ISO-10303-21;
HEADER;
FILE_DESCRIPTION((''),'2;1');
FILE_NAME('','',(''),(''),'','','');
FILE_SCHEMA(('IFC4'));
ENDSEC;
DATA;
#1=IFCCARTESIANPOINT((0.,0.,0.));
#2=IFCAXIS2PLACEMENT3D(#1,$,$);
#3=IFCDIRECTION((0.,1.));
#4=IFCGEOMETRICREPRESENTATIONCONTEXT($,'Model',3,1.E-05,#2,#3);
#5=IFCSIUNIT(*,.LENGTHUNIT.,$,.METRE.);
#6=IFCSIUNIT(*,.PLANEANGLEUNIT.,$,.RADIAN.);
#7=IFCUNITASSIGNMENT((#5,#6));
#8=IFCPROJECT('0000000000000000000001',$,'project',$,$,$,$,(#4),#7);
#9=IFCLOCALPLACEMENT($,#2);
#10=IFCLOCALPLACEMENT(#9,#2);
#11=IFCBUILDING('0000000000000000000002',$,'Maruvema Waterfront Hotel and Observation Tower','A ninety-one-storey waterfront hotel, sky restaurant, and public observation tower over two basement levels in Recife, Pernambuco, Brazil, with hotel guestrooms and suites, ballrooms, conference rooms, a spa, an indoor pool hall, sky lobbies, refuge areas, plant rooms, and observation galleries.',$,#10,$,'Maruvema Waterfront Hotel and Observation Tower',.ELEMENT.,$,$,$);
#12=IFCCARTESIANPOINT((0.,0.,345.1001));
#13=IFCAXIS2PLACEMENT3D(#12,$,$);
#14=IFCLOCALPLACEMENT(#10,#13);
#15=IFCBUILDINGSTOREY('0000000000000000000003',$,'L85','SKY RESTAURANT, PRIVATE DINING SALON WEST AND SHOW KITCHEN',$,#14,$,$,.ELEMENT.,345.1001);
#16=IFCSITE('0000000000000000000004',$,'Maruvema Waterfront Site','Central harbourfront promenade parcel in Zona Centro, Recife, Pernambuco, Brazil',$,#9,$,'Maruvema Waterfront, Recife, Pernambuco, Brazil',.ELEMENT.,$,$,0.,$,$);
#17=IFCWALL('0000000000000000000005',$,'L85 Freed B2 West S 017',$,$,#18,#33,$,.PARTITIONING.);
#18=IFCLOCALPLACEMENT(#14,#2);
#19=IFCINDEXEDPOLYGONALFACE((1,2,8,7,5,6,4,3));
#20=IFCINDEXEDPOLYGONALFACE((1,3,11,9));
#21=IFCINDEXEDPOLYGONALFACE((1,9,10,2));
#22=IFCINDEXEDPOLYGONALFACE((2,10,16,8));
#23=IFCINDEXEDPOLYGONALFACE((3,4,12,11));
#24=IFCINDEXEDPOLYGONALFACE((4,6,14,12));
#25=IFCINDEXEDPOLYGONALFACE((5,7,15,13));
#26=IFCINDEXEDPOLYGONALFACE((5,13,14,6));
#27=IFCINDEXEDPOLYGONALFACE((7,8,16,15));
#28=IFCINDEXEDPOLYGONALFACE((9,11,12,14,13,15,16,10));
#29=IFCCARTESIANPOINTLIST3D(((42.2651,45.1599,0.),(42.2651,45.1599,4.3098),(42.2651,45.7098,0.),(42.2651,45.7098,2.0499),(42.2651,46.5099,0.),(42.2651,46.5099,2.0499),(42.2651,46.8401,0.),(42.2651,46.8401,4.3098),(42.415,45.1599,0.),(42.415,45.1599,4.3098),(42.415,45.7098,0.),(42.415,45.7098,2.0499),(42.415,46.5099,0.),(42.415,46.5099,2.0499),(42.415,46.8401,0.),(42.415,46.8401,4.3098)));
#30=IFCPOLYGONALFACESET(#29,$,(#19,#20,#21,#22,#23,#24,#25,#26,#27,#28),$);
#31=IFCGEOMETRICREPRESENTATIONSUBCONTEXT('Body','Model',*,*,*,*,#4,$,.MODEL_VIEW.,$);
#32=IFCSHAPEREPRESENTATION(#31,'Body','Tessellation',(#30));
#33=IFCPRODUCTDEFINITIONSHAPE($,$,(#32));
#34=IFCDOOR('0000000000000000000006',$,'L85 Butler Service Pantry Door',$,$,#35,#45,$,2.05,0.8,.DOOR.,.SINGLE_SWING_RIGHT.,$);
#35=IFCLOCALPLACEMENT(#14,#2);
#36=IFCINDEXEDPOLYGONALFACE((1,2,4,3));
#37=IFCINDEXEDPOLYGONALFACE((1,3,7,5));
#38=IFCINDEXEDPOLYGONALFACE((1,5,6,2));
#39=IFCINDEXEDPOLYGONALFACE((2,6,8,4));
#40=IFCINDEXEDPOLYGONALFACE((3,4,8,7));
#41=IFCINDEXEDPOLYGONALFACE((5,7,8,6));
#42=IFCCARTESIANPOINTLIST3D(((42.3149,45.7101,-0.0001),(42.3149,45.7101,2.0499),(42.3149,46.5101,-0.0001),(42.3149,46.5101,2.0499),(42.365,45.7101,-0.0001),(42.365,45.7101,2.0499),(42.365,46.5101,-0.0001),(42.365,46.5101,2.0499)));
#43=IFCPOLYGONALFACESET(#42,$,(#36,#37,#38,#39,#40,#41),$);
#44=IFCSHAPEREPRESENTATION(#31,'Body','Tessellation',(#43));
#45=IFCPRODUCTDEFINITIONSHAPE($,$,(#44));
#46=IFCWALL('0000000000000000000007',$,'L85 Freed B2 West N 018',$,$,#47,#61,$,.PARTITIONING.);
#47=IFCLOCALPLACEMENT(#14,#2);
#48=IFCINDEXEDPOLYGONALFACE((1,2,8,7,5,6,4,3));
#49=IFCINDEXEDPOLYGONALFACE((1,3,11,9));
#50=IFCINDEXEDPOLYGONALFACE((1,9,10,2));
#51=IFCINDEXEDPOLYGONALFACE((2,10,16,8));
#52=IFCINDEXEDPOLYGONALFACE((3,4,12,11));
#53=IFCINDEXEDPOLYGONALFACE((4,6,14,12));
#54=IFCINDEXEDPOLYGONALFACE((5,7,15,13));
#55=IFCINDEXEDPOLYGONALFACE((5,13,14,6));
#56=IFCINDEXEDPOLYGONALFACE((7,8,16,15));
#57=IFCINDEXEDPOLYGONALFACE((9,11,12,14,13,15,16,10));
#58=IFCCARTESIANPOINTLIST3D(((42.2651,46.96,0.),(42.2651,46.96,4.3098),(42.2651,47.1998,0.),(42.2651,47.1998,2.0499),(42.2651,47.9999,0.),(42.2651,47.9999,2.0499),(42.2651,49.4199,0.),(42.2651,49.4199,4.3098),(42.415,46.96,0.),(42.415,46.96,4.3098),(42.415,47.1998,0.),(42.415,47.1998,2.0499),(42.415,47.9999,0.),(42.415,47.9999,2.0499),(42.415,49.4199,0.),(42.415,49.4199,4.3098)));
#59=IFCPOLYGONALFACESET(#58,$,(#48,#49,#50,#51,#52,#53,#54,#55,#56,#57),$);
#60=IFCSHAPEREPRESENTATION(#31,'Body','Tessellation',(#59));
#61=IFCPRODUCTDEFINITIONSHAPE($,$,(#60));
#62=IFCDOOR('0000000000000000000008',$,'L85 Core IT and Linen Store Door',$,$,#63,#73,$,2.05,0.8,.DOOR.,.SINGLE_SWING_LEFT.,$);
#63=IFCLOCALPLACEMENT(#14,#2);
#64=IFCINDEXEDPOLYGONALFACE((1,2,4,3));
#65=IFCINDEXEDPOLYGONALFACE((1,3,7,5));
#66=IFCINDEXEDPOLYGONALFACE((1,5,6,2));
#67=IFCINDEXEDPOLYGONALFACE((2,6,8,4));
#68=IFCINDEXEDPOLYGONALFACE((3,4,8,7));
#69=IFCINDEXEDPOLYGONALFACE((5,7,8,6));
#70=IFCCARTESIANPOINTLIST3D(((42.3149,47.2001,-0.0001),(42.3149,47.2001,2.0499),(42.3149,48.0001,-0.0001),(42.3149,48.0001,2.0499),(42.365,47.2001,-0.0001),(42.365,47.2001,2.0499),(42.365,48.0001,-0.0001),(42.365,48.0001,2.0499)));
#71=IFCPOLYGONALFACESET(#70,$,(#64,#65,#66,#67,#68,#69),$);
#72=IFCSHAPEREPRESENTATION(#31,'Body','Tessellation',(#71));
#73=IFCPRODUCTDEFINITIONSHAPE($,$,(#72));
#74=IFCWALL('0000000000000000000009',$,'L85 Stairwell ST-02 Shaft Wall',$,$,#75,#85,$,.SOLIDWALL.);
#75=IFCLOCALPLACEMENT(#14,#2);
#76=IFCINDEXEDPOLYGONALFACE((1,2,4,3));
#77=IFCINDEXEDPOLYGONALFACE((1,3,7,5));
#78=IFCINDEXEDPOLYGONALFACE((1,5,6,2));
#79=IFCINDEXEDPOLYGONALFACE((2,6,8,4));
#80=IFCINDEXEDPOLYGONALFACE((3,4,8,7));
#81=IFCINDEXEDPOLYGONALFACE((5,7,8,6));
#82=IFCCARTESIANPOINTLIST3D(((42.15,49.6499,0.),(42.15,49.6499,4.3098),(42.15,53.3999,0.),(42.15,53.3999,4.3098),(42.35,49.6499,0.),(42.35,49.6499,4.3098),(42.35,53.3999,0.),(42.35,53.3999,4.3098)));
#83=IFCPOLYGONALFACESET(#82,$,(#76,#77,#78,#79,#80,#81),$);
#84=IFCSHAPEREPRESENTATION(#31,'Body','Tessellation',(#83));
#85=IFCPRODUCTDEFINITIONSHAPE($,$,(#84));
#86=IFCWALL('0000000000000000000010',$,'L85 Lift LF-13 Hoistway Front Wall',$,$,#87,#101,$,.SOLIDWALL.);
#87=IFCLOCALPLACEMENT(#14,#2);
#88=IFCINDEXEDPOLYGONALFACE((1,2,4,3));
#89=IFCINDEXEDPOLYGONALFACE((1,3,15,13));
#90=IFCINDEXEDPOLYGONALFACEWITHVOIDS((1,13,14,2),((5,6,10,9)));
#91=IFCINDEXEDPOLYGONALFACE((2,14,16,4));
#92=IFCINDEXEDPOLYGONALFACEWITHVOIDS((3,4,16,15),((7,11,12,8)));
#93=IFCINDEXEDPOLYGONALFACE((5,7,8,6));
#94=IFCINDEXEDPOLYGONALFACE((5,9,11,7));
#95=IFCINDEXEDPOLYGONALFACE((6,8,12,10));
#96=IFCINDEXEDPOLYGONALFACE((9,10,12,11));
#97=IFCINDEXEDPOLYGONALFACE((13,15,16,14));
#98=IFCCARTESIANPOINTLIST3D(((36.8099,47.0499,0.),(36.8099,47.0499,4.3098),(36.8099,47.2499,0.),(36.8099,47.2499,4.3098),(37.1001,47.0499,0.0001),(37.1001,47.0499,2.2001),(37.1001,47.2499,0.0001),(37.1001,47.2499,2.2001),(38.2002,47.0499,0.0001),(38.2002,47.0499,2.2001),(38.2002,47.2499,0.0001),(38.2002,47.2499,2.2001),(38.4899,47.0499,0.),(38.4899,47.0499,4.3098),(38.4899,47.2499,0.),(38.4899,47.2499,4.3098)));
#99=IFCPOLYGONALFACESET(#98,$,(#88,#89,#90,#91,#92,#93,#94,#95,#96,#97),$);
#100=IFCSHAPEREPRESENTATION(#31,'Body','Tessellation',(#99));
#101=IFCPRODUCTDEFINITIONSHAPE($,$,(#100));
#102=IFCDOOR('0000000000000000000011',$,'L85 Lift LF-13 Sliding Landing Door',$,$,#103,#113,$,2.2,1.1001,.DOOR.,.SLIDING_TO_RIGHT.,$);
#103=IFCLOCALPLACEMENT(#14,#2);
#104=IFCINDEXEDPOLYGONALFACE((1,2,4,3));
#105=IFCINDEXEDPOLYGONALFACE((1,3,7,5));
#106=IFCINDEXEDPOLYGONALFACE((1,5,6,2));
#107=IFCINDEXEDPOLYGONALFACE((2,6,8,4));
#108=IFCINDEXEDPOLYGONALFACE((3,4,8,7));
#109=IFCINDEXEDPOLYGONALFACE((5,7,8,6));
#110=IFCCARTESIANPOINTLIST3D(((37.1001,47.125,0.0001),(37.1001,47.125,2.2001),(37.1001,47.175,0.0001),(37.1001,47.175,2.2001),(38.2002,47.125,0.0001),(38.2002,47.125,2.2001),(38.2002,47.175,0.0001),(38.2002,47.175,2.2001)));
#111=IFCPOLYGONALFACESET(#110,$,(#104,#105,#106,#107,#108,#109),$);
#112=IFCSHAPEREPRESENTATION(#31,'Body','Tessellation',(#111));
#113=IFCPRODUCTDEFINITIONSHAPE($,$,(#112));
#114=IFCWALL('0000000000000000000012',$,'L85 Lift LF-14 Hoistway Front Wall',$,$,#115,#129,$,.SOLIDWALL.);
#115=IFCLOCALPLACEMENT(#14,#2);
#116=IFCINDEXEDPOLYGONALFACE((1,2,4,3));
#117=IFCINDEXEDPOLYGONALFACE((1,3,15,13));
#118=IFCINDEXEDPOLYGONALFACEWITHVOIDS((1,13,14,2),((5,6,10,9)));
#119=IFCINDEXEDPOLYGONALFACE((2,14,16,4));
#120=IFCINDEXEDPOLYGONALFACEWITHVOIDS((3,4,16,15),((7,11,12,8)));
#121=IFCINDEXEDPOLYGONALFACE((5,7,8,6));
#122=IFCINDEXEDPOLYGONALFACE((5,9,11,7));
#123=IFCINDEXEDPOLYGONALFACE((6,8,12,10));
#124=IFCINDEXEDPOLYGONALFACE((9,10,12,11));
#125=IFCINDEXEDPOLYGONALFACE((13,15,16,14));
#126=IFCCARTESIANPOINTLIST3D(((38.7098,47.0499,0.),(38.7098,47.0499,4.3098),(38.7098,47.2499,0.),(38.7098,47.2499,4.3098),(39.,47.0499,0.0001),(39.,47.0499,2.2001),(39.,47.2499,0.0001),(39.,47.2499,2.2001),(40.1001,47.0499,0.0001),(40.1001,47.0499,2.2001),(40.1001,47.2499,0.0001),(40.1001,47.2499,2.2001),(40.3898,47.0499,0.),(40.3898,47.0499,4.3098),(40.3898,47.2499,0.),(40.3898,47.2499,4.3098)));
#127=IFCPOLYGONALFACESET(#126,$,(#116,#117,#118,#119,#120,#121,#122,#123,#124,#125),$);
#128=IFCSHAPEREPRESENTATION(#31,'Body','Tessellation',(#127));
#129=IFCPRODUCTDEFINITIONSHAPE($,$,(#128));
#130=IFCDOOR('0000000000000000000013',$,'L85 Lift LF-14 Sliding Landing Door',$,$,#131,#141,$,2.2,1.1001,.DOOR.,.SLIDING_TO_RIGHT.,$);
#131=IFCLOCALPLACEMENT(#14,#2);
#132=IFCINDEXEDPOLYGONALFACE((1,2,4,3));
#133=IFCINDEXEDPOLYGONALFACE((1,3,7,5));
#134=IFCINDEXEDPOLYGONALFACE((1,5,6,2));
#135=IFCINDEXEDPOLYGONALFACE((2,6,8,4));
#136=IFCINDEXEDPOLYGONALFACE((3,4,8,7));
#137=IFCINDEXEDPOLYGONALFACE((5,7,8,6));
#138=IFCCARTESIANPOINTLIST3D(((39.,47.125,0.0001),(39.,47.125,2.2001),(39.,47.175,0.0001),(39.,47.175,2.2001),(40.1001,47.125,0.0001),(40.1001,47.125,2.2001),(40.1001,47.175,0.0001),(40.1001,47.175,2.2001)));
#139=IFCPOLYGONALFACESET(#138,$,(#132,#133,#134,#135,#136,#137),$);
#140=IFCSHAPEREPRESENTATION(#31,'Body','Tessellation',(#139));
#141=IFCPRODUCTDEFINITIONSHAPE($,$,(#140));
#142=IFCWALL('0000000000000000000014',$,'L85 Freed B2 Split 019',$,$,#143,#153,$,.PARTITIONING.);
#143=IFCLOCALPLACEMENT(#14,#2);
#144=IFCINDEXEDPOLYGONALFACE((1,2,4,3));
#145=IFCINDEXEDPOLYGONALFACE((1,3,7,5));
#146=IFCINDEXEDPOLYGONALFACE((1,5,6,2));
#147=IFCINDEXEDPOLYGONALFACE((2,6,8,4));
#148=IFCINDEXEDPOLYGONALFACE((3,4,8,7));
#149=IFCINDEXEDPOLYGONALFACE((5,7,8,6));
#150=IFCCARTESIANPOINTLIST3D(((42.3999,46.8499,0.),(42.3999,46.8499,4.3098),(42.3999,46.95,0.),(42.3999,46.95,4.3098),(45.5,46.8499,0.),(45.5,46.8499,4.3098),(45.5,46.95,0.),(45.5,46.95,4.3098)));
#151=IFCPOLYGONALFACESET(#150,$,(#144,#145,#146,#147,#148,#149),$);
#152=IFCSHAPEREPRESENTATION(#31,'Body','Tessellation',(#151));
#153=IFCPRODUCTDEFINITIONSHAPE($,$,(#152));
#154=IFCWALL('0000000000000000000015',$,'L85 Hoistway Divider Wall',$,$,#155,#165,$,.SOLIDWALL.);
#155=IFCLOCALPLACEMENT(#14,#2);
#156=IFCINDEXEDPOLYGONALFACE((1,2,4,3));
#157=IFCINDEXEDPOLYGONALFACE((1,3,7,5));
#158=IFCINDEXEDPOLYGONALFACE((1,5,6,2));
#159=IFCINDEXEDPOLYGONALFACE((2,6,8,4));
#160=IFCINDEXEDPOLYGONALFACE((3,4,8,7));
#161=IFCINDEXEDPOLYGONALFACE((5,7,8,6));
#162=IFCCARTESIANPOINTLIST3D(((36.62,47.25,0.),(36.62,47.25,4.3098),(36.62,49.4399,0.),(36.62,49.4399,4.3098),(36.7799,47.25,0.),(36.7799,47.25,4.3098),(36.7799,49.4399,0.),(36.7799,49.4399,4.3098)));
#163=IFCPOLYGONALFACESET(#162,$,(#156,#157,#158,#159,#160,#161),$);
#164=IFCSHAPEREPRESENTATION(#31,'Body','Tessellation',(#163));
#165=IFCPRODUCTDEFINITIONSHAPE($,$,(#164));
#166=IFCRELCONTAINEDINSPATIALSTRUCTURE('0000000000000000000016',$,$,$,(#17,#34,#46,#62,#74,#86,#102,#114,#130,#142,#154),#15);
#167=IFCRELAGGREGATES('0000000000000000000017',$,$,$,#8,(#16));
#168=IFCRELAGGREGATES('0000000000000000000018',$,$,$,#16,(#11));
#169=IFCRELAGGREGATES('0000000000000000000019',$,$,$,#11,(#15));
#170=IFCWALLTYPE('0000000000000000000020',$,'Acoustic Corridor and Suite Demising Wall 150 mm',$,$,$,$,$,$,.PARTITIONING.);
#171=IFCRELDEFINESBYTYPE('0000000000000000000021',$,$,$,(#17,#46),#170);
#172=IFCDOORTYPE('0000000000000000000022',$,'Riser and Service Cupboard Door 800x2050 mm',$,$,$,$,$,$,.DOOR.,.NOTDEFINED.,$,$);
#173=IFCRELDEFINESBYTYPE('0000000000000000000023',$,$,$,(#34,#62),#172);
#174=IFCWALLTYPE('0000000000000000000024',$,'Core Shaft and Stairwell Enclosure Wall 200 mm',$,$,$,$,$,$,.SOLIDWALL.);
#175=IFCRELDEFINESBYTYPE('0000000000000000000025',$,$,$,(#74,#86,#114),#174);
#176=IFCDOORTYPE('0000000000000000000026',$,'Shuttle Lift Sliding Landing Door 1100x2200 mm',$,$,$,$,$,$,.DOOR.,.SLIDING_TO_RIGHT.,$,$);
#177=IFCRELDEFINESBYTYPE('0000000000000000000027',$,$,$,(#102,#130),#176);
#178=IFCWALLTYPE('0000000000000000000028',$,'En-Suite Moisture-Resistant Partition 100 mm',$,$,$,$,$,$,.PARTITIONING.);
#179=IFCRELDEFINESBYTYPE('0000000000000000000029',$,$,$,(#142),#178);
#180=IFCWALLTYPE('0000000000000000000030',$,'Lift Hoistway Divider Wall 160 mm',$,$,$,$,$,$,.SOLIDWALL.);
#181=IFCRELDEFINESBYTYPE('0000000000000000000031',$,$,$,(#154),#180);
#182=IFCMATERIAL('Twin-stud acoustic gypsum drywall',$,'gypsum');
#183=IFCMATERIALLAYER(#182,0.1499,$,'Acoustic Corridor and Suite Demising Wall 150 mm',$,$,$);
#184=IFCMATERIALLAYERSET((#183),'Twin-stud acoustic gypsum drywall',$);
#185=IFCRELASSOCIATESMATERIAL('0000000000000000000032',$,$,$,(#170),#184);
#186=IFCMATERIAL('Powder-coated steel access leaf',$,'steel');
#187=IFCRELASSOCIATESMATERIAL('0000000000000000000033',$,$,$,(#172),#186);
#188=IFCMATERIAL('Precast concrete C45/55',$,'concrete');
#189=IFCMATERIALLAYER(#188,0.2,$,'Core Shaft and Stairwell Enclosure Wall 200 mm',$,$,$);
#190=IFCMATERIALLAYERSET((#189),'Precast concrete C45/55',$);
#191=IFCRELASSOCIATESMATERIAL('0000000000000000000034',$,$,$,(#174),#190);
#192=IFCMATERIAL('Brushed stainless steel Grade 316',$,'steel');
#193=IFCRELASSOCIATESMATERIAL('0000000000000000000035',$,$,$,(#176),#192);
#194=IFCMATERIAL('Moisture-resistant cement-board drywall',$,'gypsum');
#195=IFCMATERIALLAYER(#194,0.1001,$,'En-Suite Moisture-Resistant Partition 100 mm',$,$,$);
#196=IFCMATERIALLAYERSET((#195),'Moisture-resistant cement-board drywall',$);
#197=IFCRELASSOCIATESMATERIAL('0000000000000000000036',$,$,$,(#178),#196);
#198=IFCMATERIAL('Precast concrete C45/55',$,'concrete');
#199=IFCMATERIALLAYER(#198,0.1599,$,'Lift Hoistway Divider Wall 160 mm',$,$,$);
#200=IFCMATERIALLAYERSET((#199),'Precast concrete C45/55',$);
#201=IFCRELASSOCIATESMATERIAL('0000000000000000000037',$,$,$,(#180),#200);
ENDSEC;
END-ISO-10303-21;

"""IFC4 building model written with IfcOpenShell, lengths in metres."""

from ifc_helpers import new_model, si_unit, direction, frame, frame_2d, origin, place, context, subcontext, project, spatial, rectangle, extrude, material, layer, layer_set, type_object, element, fill, save


model = new_model("IFC4")

# Units and contexts
model_context = context("Model", 3, precision=1e-05, world=origin(), true_north=direction((0.0, 1.0)))
body_context = subcontext(model_context, "Body", "Model", "MODEL_VIEW")
ifc_project = project(units=[si_unit("LENGTHUNIT", "METRE"), si_unit("PLANEANGLEUNIT", "RADIAN")], contexts=[model_context])

# Site, building, storey
site_placement = place(None, origin())
site = spatial("IfcSite", under=ifc_project, at=site_placement, Name="Maruvema Waterfront Site", Description="Central harbourfront promenade parcel in Zona Centro, Recife, Pernambuco, Brazil", LongName="Maruvema Waterfront, Recife, Pernambuco, Brazil", CompositionType="ELEMENT", RefElevation=0.0)
building_placement = place(site_placement, origin())
building = spatial("IfcBuilding", under=site, at=building_placement, Name="Maruvema Waterfront Hotel and Observation Tower", Description="A ninety-one-storey waterfront hotel, sky restaurant, and public observation tower over two basement levels in Recife, Pernambuco, Brazil, with hotel guestrooms and suites, ballrooms, conference rooms, a spa, an indoor pool hall, sky lobbies, refuge areas, plant rooms, and observation galleries.", LongName="Maruvema Waterfront Hotel and Observation Tower", CompositionType="ELEMENT")
storey_placement = place(building_placement, frame((0.0, 0.0, 345.1001)))
storey = spatial("IfcBuildingStorey", under=building, at=storey_placement, Name="L85", Description="SKY RESTAURANT, PRIVATE DINING SALON WEST AND SHOW KITCHEN", CompositionType="ELEMENT", Elevation=345.1001)

# Walls, openings, doors
ifc_material_1 = material(Name="Twin-stud acoustic gypsum drywall", Category="gypsum")
ifc_layer_1 = layer(ifc_material_1, 0.1499, Name="Acoustic Corridor and Suite Demising Wall 150 mm")
ifc_layer_set_1 = layer_set([ifc_layer_1], Name="Twin-stud acoustic gypsum drywall")
wall_type_1 = type_object("IfcWallType", Name="Acoustic Corridor and Suite Demising Wall 150 mm", PredefinedType="PARTITIONING", material=ifc_layer_set_1)
wall_1_placement = place(storey_placement, frame((42.3401, 45.1599, 0.0), z_axis=(0.0, 0.0, 1.0), x_axis=(0.0, 1.0, 0.0)))
wall_1 = element("IfcWall", 1, at=wall_1_placement, inside=storey, type_object=wall_type_1, Name="L85 Freed B2 West S 017", PredefinedType="PARTITIONING", context=body_context, shape_type="SweptSolid", body=[
    extrude(rectangle(XDim=1.6802, YDim=0.1499, at=frame_2d((0.8401, 0.0))), origin(), (0.0, 0.0, 1.0), 4.3098),
])
opening_1_placement = place(wall_1_placement, frame((0.55, 0.0, 0.0)))
opening_1 = element("IfcOpeningElement", 2, at=opening_1_placement, cuts=wall_1, PredefinedType="OPENING", context=body_context, shape_type="SweptSolid", body=[
    extrude(rectangle(XDim=0.8, YDim=2.05, at=frame_2d((0.3999, 1.0249))), frame((0.0, 0.085, 0.0), z_axis=(0.0, -1.0, 0.0), x_axis=(1.0, 0.0, 0.0)), (0.0, 0.0, 1.0), 0.1699),
])
ifc_material_2 = material(Name="Powder-coated steel access leaf", Category="steel")
door_type_1 = type_object("IfcDoorType", Name="Riser and Service Cupboard Door 800x2050 mm", OperationType="NOTDEFINED", PredefinedType="DOOR", material=ifc_material_2)
door_1_placement = place(opening_1_placement, frame((0.8, 0.0, 0.0), z_axis=(0.0, 0.0, 1.0), x_axis=(-1.0, 0.0, 0.0)))
door_1 = element("IfcDoor", 3, at=door_1_placement, inside=storey, type_object=door_type_1, Name="L85 Butler Service Pantry Door", OperationType="SINGLE_SWING_RIGHT", OverallHeight=2.05, OverallWidth=0.8, PredefinedType="DOOR", context=body_context, shape_type="SweptSolid", body=[
    extrude(rectangle(XDim=0.8, YDim=2.05, at=frame_2d((0.3999, 1.0249))), frame((0.0, 0.0249, 0.0), z_axis=(0.0, -1.0, 0.0), x_axis=(1.0, 0.0, 0.0)), (0.0, 0.0, 1.0), 0.05),
])
fill(opening_1, door_1)
wall_2_placement = place(storey_placement, frame((42.3401, 46.96, 0.0), z_axis=(0.0, 0.0, 1.0), x_axis=(0.0, 1.0, 0.0)))
wall_2 = element("IfcWall", 4, at=wall_2_placement, inside=storey, type_object=wall_type_1, Name="L85 Freed B2 West N 018", PredefinedType="PARTITIONING", context=body_context, shape_type="SweptSolid", body=[
    extrude(rectangle(XDim=2.46, YDim=0.1499, at=frame_2d((1.23, 0.0))), origin(), (0.0, 0.0, 1.0), 4.3098),
])
opening_2_placement = place(wall_2_placement, frame((0.24, 0.0, 0.0)))
opening_2 = element("IfcOpeningElement", 5, at=opening_2_placement, cuts=wall_2, PredefinedType="OPENING", context=body_context, shape_type="SweptSolid", body=[
    extrude(rectangle(XDim=0.8, YDim=2.05, at=frame_2d((0.3999, 1.0249))), frame((0.0, 0.085, 0.0), z_axis=(0.0, -1.0, 0.0), x_axis=(1.0, 0.0, 0.0)), (0.0, 0.0, 1.0), 0.1699),
])
door_2_placement = place(opening_2_placement, frame((0.8, 0.0, 0.0), z_axis=(0.0, 0.0, 1.0), x_axis=(-1.0, 0.0, 0.0)))
door_2 = element("IfcDoor", 6, at=door_2_placement, inside=storey, type_object=door_type_1, Name="L85 Core IT and Linen Store Door", OperationType="SINGLE_SWING_LEFT", OverallHeight=2.05, OverallWidth=0.8, PredefinedType="DOOR", context=body_context, shape_type="SweptSolid", body=[
    extrude(rectangle(XDim=0.8, YDim=2.05, at=frame_2d((0.3999, 1.0249))), frame((0.0, 0.0249, 0.0), z_axis=(0.0, -1.0, 0.0), x_axis=(1.0, 0.0, 0.0)), (0.0, 0.0, 1.0), 0.05),
])
fill(opening_2, door_2)

# Wall
ifc_material_3 = material(Name="Precast concrete C45/55", Category="concrete")
ifc_layer_2 = layer(ifc_material_3, 0.2, Name="Core Shaft and Stairwell Enclosure Wall 200 mm")
ifc_layer_set_2 = layer_set([ifc_layer_2], Name="Precast concrete C45/55")
wall_type_2 = type_object("IfcWallType", Name="Core Shaft and Stairwell Enclosure Wall 200 mm", PredefinedType="SOLIDWALL", material=ifc_layer_set_2)
wall_3_placement = place(storey_placement, frame((42.25, 49.6499, 0.0), z_axis=(0.0, 0.0, 1.0), x_axis=(0.0, 1.0, 0.0)))
element("IfcWall", 7, at=wall_3_placement, inside=storey, type_object=wall_type_2, Name="L85 Stairwell ST-02 Shaft Wall", PredefinedType="SOLIDWALL", context=body_context, shape_type="SweptSolid", body=[
    extrude(rectangle(XDim=3.75, YDim=0.2, at=frame_2d((1.875, 0.0))), origin(), (0.0, 0.0, 1.0), 4.3098),
])

# Walls, openings, doors
wall_4_placement = place(storey_placement, frame((36.8101, 47.1499, 0.0), z_axis=(0.0, 0.0, 1.0), x_axis=(1.0, 0.0, 0.0)))
wall_4 = element("IfcWall", 8, at=wall_4_placement, inside=storey, type_object=wall_type_2, Name="L85 Lift LF-13 Hoistway Front Wall", PredefinedType="SOLIDWALL", context=body_context, shape_type="SweptSolid", body=[
    extrude(rectangle(XDim=1.6799, YDim=0.2, at=frame_2d((0.8398, 0.0))), origin(), (0.0, 0.0, 1.0), 4.3098),
])
opening_3_placement = place(wall_4_placement, frame((0.29, 0.0, 0.0)))
opening_3 = element("IfcOpeningElement", 9, at=opening_3_placement, cuts=wall_4, PredefinedType="OPENING", context=body_context, shape_type="SweptSolid", body=[
    extrude(rectangle(XDim=1.1001, YDim=2.2, at=frame_2d((0.55, 1.1001))), frame((0.0, 0.1099, 0.0), z_axis=(0.0, -1.0, 0.0), x_axis=(1.0, 0.0, 0.0)), (0.0, 0.0, 1.0), 0.22),
])
ifc_material_4 = material(Name="Brushed stainless steel Grade 316", Category="steel")
door_type_2 = type_object("IfcDoorType", Name="Shuttle Lift Sliding Landing Door 1100x2200 mm", OperationType="SLIDING_TO_RIGHT", PredefinedType="DOOR", material=ifc_material_4)
door_3_placement = place(opening_3_placement, frame((1.1001, 0.0, 0.0), z_axis=(0.0, 0.0, 1.0), x_axis=(-1.0, 0.0, 0.0)))
door_3 = element("IfcDoor", 10, at=door_3_placement, inside=storey, type_object=door_type_2, Name="L85 Lift LF-13 Sliding Landing Door", OperationType="SLIDING_TO_RIGHT", OverallHeight=2.2, OverallWidth=1.1001, PredefinedType="DOOR", context=body_context, shape_type="SweptSolid", body=[
    extrude(rectangle(XDim=1.1001, YDim=2.2, at=frame_2d((0.55, 1.1001))), frame((0.0, 0.0249, 0.0), z_axis=(0.0, -1.0, 0.0), x_axis=(1.0, 0.0, 0.0)), (0.0, 0.0, 1.0), 0.05),
])
fill(opening_3, door_3)
wall_5_placement = place(storey_placement, frame((38.71, 47.1499, 0.0), z_axis=(0.0, 0.0, 1.0), x_axis=(1.0, 0.0, 0.0)))
wall_5 = element("IfcWall", 11, at=wall_5_placement, inside=storey, type_object=wall_type_2, Name="L85 Lift LF-14 Hoistway Front Wall", PredefinedType="SOLIDWALL", context=body_context, shape_type="SweptSolid", body=[
    extrude(rectangle(XDim=1.6799, YDim=0.2, at=frame_2d((0.8398, 0.0))), origin(), (0.0, 0.0, 1.0), 4.3098),
])
opening_4_placement = place(wall_5_placement, frame((0.29, 0.0, 0.0)))
opening_4 = element("IfcOpeningElement", 12, at=opening_4_placement, cuts=wall_5, PredefinedType="OPENING", context=body_context, shape_type="SweptSolid", body=[
    extrude(rectangle(XDim=1.1001, YDim=2.2, at=frame_2d((0.55, 1.1001))), frame((0.0, 0.1099, 0.0), z_axis=(0.0, -1.0, 0.0), x_axis=(1.0, 0.0, 0.0)), (0.0, 0.0, 1.0), 0.22),
])
door_4_placement = place(opening_4_placement, frame((1.1001, 0.0, 0.0), z_axis=(0.0, 0.0, 1.0), x_axis=(-1.0, 0.0, 0.0)))
door_4 = element("IfcDoor", 13, at=door_4_placement, inside=storey, type_object=door_type_2, Name="L85 Lift LF-14 Sliding Landing Door", OperationType="SLIDING_TO_RIGHT", OverallHeight=2.2, OverallWidth=1.1001, PredefinedType="DOOR", context=body_context, shape_type="SweptSolid", body=[
    extrude(rectangle(XDim=1.1001, YDim=2.2, at=frame_2d((0.55, 1.1001))), frame((0.0, 0.0249, 0.0), z_axis=(0.0, -1.0, 0.0), x_axis=(1.0, 0.0, 0.0)), (0.0, 0.0, 1.0), 0.05),
])
fill(opening_4, door_4)

# Walls
ifc_material_5 = material(Name="Moisture-resistant cement-board drywall", Category="gypsum")
ifc_layer_3 = layer(ifc_material_5, 0.1001, Name="En-Suite Moisture-Resistant Partition 100 mm")
ifc_layer_set_3 = layer_set([ifc_layer_3], Name="Moisture-resistant cement-board drywall")
wall_type_3 = type_object("IfcWallType", Name="En-Suite Moisture-Resistant Partition 100 mm", PredefinedType="PARTITIONING", material=ifc_layer_set_3)
wall_6_placement = place(storey_placement, frame((42.3999, 46.8999, 0.0), z_axis=(0.0, 0.0, 1.0), x_axis=(1.0, 0.0, 0.0)))
element("IfcWall", 14, at=wall_6_placement, inside=storey, type_object=wall_type_3, Name="L85 Freed B2 Split 019", PredefinedType="PARTITIONING", context=body_context, shape_type="SweptSolid", body=[
    extrude(rectangle(XDim=3.1001, YDim=0.1001, at=frame_2d((1.55, 0.0))), origin(), (0.0, 0.0, 1.0), 4.3098),
])
ifc_material_6 = material(Name="Precast concrete C45/55", Category="concrete")
ifc_layer_4 = layer(ifc_material_6, 0.1599, Name="Lift Hoistway Divider Wall 160 mm")
ifc_layer_set_4 = layer_set([ifc_layer_4], Name="Precast concrete C45/55")
wall_type_4 = type_object("IfcWallType", Name="Lift Hoistway Divider Wall 160 mm", PredefinedType="SOLIDWALL", material=ifc_layer_set_4)
for number, where, z_axis, x_axis, name in (
    (15, (36.7, 47.25, 0.0), (0.0, 0.0, 1.0), (0.0, 1.0, 0.0), "L85 Hoistway Divider Wall"),
):
    element("IfcWall", number, at=place(storey_placement, frame(where, z_axis=z_axis, x_axis=x_axis)), inside=storey, type_object=wall_type_4, Name=name, PredefinedType="SOLIDWALL", context=body_context, shape_type="SweptSolid", body=[
        extrude(rectangle(XDim=2.1899, YDim=0.1599, at=frame_2d((1.095, 0.0))), origin(), (0.0, 0.0, 1.0), 4.3098),
    ])

save(model, "model.ifc")
